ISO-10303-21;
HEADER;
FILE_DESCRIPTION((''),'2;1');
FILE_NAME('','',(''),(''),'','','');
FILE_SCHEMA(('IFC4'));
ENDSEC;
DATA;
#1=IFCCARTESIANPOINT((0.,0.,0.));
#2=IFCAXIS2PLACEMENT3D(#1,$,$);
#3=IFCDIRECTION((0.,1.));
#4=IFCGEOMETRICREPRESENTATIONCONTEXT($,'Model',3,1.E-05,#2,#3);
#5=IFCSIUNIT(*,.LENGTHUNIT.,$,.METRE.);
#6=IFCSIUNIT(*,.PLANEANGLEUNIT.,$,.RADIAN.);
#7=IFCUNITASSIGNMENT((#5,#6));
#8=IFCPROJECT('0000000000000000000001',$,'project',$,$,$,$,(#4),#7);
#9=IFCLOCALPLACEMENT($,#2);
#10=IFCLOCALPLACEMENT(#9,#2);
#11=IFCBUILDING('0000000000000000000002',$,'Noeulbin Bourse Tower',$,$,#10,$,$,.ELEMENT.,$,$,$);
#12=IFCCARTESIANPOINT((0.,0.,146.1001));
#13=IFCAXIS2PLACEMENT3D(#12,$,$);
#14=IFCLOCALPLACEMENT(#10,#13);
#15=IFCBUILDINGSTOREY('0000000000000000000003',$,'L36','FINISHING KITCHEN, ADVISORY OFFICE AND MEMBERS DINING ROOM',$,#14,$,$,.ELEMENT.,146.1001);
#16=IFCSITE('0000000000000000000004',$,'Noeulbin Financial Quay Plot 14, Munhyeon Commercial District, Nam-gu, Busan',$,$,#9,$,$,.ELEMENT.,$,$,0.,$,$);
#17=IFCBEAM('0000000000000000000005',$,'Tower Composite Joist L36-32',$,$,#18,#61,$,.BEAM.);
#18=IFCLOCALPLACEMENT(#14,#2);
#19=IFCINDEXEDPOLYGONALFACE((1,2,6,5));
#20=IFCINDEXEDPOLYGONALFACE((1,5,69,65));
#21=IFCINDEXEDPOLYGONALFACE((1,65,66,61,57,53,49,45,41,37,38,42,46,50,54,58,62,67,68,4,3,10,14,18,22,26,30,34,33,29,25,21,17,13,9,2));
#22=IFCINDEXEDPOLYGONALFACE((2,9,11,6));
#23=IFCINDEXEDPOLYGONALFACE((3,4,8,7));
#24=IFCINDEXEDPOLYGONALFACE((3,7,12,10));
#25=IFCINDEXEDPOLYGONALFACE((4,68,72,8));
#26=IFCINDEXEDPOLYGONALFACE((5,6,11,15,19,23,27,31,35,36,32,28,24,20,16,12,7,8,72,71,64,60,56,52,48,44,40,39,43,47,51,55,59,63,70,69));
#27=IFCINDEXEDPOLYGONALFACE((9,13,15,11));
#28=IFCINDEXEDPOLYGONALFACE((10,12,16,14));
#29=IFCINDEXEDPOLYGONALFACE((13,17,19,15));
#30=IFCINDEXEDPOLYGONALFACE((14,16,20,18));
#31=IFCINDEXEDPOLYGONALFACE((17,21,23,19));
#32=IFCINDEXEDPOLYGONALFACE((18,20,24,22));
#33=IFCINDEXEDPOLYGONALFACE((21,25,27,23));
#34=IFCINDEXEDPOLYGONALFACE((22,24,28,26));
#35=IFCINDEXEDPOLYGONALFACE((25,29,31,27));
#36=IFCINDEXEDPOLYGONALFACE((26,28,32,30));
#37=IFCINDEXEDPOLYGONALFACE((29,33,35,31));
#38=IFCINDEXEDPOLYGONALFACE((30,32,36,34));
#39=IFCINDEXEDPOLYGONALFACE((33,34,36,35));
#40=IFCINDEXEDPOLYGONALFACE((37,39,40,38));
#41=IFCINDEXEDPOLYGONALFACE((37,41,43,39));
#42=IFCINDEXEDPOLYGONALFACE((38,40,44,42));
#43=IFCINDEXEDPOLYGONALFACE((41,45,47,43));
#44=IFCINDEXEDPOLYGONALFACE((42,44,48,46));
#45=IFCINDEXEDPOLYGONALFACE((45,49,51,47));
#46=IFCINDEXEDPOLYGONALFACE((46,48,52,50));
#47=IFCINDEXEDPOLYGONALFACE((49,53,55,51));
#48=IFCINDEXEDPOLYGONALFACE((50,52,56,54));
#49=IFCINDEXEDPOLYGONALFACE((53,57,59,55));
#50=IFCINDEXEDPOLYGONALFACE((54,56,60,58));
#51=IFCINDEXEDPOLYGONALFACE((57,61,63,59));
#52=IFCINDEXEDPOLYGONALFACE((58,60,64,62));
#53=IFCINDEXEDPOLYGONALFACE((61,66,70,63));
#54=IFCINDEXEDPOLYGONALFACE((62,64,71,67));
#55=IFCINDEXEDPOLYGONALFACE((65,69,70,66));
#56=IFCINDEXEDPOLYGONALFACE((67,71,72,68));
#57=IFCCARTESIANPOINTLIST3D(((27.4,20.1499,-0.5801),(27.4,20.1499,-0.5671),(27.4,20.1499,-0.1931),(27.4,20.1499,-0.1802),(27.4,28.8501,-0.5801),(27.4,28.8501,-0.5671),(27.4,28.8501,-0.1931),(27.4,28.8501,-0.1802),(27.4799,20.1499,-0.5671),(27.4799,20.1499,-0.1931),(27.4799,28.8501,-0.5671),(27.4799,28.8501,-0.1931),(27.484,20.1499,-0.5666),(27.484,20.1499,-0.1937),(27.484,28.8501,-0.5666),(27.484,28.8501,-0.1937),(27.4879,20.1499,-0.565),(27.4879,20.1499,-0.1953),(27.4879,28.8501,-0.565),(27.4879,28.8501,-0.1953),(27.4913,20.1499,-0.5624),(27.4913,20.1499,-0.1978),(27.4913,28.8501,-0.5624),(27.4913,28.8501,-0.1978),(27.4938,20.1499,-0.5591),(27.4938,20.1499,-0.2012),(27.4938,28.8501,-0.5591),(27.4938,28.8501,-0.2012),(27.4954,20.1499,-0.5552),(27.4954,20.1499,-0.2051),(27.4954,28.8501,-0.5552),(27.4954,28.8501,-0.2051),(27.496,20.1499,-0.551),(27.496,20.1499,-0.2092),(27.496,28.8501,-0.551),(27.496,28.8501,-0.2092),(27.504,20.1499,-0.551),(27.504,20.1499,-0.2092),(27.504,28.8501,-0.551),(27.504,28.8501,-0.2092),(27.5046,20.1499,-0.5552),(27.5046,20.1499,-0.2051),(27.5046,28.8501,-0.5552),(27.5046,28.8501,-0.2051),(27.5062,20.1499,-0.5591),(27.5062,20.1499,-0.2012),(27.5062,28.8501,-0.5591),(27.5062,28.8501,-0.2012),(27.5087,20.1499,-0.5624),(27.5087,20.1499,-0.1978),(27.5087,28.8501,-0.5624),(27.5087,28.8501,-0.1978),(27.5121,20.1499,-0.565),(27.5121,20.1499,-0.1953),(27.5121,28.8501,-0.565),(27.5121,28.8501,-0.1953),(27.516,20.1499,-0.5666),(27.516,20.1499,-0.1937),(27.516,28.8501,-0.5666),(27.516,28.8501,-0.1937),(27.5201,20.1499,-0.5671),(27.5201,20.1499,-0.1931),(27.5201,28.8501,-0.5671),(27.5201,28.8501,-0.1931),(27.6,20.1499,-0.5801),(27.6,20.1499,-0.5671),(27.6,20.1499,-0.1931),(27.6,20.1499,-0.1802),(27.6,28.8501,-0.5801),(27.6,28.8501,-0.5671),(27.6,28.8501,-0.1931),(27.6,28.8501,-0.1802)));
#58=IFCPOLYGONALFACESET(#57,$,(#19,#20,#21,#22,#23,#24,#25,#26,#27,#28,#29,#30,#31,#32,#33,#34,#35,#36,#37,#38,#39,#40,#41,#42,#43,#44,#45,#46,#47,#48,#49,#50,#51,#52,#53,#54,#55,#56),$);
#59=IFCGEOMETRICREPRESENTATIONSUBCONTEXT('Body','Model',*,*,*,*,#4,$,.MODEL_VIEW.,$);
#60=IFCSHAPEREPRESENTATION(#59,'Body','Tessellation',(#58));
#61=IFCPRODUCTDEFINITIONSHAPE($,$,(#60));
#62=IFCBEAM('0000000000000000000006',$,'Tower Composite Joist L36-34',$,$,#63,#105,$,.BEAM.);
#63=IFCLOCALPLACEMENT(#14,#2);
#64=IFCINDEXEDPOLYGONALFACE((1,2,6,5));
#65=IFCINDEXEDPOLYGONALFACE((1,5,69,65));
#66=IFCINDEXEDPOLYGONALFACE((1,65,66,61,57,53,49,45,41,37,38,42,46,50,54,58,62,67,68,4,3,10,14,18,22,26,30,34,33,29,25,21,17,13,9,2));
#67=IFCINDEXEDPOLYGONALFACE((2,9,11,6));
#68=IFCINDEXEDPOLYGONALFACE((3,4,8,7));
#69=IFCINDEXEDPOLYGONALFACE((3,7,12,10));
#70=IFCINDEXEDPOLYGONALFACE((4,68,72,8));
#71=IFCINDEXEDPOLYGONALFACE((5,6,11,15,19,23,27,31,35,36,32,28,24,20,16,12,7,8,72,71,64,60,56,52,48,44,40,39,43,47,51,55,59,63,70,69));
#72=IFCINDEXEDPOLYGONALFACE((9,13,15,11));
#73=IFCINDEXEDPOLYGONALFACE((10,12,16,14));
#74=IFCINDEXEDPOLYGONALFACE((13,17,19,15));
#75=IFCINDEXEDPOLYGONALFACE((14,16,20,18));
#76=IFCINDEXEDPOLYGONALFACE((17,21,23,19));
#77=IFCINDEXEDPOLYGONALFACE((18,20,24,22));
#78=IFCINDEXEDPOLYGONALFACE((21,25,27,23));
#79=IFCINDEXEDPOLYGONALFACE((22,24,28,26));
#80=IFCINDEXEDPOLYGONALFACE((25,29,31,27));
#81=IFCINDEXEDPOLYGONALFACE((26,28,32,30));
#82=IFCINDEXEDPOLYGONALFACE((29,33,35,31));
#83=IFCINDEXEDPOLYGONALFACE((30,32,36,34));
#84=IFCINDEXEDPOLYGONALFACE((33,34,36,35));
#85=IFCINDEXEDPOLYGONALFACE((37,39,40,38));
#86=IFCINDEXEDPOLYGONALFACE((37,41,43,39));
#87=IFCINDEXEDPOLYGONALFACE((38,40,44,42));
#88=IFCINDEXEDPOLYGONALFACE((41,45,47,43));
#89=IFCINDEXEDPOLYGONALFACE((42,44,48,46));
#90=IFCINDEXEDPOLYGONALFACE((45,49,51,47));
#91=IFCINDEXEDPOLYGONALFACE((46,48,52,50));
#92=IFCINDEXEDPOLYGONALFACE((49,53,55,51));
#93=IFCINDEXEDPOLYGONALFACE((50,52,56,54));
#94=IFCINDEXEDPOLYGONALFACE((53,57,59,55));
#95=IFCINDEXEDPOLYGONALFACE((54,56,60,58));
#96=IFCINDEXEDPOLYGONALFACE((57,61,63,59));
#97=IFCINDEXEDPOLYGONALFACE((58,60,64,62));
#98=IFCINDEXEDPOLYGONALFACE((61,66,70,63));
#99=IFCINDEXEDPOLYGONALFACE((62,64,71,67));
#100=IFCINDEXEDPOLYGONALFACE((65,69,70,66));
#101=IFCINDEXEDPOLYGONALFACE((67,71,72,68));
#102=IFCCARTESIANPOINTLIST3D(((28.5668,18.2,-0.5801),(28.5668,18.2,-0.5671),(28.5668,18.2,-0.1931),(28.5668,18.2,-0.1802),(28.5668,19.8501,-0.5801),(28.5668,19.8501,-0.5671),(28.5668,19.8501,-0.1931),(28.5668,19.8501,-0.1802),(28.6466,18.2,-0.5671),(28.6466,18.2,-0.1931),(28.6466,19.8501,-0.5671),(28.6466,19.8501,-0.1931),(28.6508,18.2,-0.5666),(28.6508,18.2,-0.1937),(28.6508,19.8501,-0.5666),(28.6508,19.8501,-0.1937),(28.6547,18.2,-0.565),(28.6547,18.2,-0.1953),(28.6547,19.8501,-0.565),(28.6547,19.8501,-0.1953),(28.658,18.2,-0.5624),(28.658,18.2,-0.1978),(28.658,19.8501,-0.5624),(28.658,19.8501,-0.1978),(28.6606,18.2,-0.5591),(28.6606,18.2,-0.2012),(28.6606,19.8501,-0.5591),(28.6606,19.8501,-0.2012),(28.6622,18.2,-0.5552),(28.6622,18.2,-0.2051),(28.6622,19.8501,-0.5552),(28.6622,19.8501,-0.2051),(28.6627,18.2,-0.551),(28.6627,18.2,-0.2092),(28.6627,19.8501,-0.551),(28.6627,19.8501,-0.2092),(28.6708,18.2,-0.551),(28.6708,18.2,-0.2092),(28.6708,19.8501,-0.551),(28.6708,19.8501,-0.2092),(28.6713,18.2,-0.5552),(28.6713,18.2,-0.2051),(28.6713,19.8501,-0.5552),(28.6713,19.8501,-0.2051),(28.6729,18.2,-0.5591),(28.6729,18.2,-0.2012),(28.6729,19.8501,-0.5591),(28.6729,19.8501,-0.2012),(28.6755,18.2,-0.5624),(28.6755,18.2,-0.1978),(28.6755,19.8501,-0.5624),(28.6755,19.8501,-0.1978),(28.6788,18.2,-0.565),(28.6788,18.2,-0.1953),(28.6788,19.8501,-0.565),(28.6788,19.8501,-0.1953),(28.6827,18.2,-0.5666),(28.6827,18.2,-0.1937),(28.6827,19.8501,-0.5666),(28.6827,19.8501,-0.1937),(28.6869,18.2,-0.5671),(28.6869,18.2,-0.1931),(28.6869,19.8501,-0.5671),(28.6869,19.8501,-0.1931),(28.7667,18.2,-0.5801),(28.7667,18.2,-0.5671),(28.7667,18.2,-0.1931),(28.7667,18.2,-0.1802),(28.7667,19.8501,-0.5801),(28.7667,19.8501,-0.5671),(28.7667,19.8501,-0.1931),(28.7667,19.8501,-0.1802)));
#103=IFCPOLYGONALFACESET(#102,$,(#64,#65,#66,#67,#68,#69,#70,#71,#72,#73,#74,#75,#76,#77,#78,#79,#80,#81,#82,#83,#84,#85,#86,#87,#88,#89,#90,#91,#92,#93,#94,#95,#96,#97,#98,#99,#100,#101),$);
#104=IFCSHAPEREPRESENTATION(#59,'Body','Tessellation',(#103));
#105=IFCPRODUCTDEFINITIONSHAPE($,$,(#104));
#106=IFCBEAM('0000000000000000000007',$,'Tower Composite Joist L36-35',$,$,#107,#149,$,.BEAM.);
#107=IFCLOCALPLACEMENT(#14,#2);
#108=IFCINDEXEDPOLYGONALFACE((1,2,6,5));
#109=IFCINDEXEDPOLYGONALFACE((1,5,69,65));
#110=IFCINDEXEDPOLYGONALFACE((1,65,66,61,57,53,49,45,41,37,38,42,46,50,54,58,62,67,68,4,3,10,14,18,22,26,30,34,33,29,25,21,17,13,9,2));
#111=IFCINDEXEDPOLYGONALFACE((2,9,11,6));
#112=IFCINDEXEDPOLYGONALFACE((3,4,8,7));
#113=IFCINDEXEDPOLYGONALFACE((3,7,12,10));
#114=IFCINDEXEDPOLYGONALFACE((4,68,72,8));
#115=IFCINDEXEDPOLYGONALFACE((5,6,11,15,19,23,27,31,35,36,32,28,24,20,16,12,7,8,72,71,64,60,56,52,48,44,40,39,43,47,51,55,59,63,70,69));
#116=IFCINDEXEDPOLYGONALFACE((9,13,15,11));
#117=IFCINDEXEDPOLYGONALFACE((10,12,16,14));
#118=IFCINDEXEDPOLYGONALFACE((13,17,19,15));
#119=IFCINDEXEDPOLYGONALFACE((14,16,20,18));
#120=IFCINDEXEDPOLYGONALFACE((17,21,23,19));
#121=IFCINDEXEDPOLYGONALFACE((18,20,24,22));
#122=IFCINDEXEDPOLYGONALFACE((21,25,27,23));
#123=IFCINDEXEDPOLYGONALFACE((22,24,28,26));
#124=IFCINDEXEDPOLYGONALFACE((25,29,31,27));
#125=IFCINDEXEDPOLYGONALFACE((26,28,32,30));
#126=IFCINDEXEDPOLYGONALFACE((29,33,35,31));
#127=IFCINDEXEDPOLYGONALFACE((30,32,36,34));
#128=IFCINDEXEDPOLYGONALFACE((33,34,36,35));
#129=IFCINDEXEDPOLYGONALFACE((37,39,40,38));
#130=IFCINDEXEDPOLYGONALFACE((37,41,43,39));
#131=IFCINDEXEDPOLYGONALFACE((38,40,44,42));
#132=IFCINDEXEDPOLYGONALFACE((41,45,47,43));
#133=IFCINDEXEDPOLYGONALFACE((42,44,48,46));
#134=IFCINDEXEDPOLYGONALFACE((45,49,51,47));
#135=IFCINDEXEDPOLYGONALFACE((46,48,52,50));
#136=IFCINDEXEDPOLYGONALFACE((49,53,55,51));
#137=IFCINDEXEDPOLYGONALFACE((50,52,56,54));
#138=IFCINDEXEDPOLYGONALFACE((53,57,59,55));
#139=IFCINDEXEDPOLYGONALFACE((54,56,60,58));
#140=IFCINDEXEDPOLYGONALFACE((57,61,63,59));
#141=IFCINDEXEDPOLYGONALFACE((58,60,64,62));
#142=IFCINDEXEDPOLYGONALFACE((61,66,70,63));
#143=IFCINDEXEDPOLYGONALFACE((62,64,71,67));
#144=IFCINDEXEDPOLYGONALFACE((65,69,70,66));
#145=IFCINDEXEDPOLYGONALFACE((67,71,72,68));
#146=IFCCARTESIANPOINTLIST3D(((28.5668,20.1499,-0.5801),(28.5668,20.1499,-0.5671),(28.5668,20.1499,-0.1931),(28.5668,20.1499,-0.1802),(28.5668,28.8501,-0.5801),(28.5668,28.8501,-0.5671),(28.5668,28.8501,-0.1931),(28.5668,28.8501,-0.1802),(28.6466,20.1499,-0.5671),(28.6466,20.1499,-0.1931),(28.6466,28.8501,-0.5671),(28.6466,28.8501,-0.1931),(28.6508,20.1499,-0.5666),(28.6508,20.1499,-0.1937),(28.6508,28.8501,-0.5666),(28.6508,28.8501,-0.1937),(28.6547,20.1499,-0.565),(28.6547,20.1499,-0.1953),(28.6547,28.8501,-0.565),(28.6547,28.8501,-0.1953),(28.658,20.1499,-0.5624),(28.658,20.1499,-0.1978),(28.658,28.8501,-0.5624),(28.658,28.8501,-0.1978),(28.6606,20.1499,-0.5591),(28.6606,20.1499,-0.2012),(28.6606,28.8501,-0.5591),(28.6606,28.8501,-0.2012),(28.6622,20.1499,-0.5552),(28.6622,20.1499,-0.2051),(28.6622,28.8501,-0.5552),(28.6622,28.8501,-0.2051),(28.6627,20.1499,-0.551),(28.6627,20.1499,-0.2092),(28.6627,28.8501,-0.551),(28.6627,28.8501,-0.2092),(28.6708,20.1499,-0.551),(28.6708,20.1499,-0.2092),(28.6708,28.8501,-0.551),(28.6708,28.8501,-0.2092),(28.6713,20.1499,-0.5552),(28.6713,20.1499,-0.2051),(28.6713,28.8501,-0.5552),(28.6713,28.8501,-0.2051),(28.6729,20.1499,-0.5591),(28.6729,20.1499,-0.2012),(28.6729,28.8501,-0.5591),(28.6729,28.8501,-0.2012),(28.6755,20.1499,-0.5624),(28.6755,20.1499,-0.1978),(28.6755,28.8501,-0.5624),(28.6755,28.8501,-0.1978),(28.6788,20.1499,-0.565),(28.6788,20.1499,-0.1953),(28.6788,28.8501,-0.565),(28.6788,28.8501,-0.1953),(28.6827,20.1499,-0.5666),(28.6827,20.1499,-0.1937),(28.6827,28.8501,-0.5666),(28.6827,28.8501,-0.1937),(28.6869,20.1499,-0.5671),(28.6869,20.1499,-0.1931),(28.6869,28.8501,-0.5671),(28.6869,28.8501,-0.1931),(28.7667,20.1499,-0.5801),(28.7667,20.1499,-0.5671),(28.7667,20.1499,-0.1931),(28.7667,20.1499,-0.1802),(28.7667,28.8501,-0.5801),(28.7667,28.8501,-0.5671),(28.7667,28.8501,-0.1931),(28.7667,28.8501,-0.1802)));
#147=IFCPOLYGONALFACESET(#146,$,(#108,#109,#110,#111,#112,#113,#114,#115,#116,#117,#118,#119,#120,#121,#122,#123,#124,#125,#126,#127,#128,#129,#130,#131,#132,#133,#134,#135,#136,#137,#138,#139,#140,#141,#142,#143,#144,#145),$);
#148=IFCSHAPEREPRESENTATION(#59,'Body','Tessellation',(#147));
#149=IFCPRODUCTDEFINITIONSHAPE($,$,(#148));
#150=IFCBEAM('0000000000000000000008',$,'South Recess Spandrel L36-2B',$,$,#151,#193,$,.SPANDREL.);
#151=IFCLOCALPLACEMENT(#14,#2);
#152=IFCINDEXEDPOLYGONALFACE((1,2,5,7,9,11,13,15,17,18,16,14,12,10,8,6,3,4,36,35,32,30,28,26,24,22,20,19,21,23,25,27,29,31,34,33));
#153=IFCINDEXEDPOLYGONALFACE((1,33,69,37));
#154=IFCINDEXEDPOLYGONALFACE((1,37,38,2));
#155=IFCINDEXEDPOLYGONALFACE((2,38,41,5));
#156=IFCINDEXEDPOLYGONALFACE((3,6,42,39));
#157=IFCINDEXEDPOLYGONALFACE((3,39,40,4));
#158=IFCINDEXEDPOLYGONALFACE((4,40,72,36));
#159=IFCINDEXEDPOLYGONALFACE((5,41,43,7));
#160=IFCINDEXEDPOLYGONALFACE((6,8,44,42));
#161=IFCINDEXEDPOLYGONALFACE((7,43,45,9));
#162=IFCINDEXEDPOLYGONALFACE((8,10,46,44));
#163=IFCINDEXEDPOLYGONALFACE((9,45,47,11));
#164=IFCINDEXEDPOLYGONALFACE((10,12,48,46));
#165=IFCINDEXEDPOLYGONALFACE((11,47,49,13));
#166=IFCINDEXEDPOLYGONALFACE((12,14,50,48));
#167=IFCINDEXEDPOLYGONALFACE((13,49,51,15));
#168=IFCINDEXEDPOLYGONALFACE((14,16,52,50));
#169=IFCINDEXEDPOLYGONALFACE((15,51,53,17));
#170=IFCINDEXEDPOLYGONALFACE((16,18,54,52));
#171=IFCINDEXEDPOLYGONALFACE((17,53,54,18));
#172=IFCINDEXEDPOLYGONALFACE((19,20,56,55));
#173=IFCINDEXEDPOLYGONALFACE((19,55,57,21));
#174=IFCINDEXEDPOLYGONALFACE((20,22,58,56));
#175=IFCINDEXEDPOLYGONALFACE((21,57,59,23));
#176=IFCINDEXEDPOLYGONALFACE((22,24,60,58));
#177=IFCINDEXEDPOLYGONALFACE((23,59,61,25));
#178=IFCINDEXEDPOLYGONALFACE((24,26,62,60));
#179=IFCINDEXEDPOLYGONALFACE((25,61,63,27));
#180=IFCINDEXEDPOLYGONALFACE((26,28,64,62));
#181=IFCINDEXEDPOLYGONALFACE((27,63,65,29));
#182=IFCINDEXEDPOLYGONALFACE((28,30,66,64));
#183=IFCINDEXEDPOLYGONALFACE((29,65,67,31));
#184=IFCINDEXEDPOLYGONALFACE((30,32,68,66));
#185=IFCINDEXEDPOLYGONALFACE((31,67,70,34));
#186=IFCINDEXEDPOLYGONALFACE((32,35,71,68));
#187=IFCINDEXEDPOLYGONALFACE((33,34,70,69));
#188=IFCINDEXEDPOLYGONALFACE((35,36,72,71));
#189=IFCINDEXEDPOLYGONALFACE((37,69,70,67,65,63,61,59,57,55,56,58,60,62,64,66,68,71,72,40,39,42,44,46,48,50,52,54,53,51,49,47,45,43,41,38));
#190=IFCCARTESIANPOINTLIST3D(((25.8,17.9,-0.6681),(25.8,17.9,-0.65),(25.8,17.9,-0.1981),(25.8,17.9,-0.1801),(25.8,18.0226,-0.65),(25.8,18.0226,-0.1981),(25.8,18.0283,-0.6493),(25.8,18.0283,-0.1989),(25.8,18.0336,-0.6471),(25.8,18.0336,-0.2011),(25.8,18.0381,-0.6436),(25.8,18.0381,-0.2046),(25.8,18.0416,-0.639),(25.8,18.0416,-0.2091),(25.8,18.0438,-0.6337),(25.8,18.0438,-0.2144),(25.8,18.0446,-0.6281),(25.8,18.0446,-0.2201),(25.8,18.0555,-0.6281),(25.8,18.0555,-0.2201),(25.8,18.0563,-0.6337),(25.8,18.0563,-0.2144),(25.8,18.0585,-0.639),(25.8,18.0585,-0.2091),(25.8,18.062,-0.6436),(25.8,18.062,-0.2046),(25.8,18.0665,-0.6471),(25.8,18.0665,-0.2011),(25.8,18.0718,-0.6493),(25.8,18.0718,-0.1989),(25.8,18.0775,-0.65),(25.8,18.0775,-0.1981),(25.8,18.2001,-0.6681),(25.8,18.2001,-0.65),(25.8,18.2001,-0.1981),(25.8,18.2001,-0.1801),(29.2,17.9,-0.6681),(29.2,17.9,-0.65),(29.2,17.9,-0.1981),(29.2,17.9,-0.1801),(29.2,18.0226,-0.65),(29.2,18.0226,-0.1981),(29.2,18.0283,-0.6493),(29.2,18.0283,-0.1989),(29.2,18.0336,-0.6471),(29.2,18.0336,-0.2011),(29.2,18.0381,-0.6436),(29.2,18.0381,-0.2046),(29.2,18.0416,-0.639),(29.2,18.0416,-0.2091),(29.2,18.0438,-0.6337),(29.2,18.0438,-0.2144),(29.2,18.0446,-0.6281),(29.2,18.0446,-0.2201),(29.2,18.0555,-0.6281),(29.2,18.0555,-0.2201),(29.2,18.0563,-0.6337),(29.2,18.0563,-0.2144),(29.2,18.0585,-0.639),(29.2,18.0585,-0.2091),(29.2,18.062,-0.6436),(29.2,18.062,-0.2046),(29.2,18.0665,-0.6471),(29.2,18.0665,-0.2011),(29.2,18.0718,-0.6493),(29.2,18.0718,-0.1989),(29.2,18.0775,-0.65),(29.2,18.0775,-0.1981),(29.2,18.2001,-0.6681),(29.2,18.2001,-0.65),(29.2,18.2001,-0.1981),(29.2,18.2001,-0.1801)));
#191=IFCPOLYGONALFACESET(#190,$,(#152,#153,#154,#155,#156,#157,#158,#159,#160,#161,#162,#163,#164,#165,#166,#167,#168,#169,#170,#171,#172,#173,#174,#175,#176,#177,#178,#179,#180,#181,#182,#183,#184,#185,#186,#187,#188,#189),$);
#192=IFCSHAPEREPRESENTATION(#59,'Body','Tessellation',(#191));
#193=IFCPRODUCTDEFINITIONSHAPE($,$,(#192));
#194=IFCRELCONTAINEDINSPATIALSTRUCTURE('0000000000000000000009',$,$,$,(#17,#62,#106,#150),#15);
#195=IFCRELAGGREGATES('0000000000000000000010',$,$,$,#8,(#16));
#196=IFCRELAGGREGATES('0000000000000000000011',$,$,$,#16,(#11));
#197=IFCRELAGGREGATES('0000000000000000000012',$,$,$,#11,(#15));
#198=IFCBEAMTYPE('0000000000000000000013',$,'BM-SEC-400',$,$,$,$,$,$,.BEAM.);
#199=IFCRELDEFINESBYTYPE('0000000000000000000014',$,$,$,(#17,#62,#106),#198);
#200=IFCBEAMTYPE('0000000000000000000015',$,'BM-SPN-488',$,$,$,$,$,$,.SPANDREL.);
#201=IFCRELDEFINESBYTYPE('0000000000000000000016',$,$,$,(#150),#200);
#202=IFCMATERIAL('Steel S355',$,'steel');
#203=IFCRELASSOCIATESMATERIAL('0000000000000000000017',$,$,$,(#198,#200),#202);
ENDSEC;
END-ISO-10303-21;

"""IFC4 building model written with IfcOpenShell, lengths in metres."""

from ifc_helpers import new_model, si_unit, direction, frame, origin, origin_2d, place, context, subcontext, project, spatial, i_section, extrude, material, material_profile, profile_set, type_object, element, save


model = new_model("IFC4")

# Units and contexts
model_context = context("Model", 3, precision=1e-05, world=origin(), true_north=direction((0.0, 1.0)))
body_context = subcontext(model_context, "Body", "Model", "MODEL_VIEW")
ifc_project = project(units=[si_unit("LENGTHUNIT", "METRE"), si_unit("PLANEANGLEUNIT", "RADIAN")], contexts=[model_context])

# Site, building, storey
site_placement = place(None, origin())
site = spatial("IfcSite", under=ifc_project, at=site_placement, Name="Noeulbin Financial Quay Plot 14, Munhyeon Commercial District, Nam-gu, Busan", CompositionType="ELEMENT", RefElevation=0.0)
building_placement = place(site_placement, origin())
building = spatial("IfcBuilding", under=site, at=building_placement, Name="Noeulbin Bourse Tower", CompositionType="ELEMENT")
storey_placement = place(building_placement, frame((0.0, 0.0, 146.1001)))
storey = spatial("IfcBuildingStorey", under=building, at=storey_placement, Name="L36", Description="FINISHING KITCHEN, ADVISORY OFFICE AND MEMBERS DINING ROOM", CompositionType="ELEMENT", Elevation=146.1001)

# Beams
ifc_material_1 = material(Name="Steel S355", Category="steel")
ifc_material_profile_1 = material_profile(ifc_material_1, i_section(OverallWidth=0.2, OverallDepth=0.3999, WebThickness=0.0081, FlangeThickness=0.0129, FilletRadius=0.0161, at=origin_2d()), Name="H-400x200x8x13", Category="LoadBearing")
ifc_profile_set_1 = profile_set([ifc_material_profile_1], Name="Steel S355")
beam_type_1 = type_object("IfcBeamType", Name="BM-SEC-400", PredefinedType="BEAM", material=ifc_profile_set_1)
beam_1_placement = place(storey_placement, frame((27.5, 20.1499, -0.3801), z_axis=(0.0, 1.0, 0.0), x_axis=(-1.0, 0.0, 0.0)))
element("IfcBeam", 1, at=beam_1_placement, inside=storey, type_object=beam_type_1, Name="Tower Composite Joist L36-32", PredefinedType="BEAM", context=body_context, shape_type="SweptSolid", body=[
    extrude(i_section(OverallWidth=0.2, OverallDepth=0.3999, WebThickness=0.0081, FlangeThickness=0.0129, FilletRadius=0.0161, at=origin_2d()), origin(), (0.0, 0.0, 1.0), 8.7002),
])
beam_2_placement = place(storey_placement, frame((28.6667, 18.2, -0.3801), z_axis=(0.0, 1.0, 0.0), x_axis=(-1.0, 0.0, 0.0)))
element("IfcBeam", 2, at=beam_2_placement, inside=storey, type_object=beam_type_1, Name="Tower Composite Joist L36-34", PredefinedType="BEAM", context=body_context, shape_type="SweptSolid", body=[
    extrude(i_section(OverallWidth=0.2, OverallDepth=0.3999, WebThickness=0.0081, FlangeThickness=0.0129, FilletRadius=0.0161, at=origin_2d()), origin(), (0.0, 0.0, 1.0), 1.6501),
])
beam_3_placement = place(storey_placement, frame((28.6667, 20.1499, -0.3801), z_axis=(0.0, 1.0, 0.0), x_axis=(-1.0, 0.0, 0.0)))
element("IfcBeam", 3, at=beam_3_placement, inside=storey, type_object=beam_type_1, Name="Tower Composite Joist L36-35", PredefinedType="BEAM", context=body_context, shape_type="SweptSolid", body=[
    extrude(i_section(OverallWidth=0.2, OverallDepth=0.3999, WebThickness=0.0081, FlangeThickness=0.0129, FilletRadius=0.0161, at=origin_2d()), origin(), (0.0, 0.0, 1.0), 8.7002),
])
ifc_material_profile_2 = material_profile(ifc_material_1, i_section(OverallWidth=0.3, OverallDepth=0.488, WebThickness=0.011, FlangeThickness=0.0181, FilletRadius=0.022, at=origin_2d()), Name="H-488x300x11x18", Category="LoadBearing")
ifc_profile_set_2 = profile_set([ifc_material_profile_2], Name="Steel S355")
beam_type_2 = type_object("IfcBeamType", Name="BM-SPN-488", PredefinedType="SPANDREL", material=ifc_profile_set_2)
beam_4_placement = place(storey_placement, frame((25.8, 18.05, -0.4241), z_axis=(1.0, 0.0, 0.0), x_axis=(0.0, 1.0, 0.0)))
element("IfcBeam", 4, at=beam_4_placement, inside=storey, type_object=beam_type_2, Name="South Recess Spandrel L36-2B", PredefinedType="SPANDREL", context=body_context, shape_type="SweptSolid", body=[
    extrude(i_section(OverallWidth=0.3, OverallDepth=0.488, WebThickness=0.011, FlangeThickness=0.0181, FilletRadius=0.022, at=origin_2d()), origin(), (0.0, 0.0, 1.0), 3.3999),
])

save(model, "model.ifc")
